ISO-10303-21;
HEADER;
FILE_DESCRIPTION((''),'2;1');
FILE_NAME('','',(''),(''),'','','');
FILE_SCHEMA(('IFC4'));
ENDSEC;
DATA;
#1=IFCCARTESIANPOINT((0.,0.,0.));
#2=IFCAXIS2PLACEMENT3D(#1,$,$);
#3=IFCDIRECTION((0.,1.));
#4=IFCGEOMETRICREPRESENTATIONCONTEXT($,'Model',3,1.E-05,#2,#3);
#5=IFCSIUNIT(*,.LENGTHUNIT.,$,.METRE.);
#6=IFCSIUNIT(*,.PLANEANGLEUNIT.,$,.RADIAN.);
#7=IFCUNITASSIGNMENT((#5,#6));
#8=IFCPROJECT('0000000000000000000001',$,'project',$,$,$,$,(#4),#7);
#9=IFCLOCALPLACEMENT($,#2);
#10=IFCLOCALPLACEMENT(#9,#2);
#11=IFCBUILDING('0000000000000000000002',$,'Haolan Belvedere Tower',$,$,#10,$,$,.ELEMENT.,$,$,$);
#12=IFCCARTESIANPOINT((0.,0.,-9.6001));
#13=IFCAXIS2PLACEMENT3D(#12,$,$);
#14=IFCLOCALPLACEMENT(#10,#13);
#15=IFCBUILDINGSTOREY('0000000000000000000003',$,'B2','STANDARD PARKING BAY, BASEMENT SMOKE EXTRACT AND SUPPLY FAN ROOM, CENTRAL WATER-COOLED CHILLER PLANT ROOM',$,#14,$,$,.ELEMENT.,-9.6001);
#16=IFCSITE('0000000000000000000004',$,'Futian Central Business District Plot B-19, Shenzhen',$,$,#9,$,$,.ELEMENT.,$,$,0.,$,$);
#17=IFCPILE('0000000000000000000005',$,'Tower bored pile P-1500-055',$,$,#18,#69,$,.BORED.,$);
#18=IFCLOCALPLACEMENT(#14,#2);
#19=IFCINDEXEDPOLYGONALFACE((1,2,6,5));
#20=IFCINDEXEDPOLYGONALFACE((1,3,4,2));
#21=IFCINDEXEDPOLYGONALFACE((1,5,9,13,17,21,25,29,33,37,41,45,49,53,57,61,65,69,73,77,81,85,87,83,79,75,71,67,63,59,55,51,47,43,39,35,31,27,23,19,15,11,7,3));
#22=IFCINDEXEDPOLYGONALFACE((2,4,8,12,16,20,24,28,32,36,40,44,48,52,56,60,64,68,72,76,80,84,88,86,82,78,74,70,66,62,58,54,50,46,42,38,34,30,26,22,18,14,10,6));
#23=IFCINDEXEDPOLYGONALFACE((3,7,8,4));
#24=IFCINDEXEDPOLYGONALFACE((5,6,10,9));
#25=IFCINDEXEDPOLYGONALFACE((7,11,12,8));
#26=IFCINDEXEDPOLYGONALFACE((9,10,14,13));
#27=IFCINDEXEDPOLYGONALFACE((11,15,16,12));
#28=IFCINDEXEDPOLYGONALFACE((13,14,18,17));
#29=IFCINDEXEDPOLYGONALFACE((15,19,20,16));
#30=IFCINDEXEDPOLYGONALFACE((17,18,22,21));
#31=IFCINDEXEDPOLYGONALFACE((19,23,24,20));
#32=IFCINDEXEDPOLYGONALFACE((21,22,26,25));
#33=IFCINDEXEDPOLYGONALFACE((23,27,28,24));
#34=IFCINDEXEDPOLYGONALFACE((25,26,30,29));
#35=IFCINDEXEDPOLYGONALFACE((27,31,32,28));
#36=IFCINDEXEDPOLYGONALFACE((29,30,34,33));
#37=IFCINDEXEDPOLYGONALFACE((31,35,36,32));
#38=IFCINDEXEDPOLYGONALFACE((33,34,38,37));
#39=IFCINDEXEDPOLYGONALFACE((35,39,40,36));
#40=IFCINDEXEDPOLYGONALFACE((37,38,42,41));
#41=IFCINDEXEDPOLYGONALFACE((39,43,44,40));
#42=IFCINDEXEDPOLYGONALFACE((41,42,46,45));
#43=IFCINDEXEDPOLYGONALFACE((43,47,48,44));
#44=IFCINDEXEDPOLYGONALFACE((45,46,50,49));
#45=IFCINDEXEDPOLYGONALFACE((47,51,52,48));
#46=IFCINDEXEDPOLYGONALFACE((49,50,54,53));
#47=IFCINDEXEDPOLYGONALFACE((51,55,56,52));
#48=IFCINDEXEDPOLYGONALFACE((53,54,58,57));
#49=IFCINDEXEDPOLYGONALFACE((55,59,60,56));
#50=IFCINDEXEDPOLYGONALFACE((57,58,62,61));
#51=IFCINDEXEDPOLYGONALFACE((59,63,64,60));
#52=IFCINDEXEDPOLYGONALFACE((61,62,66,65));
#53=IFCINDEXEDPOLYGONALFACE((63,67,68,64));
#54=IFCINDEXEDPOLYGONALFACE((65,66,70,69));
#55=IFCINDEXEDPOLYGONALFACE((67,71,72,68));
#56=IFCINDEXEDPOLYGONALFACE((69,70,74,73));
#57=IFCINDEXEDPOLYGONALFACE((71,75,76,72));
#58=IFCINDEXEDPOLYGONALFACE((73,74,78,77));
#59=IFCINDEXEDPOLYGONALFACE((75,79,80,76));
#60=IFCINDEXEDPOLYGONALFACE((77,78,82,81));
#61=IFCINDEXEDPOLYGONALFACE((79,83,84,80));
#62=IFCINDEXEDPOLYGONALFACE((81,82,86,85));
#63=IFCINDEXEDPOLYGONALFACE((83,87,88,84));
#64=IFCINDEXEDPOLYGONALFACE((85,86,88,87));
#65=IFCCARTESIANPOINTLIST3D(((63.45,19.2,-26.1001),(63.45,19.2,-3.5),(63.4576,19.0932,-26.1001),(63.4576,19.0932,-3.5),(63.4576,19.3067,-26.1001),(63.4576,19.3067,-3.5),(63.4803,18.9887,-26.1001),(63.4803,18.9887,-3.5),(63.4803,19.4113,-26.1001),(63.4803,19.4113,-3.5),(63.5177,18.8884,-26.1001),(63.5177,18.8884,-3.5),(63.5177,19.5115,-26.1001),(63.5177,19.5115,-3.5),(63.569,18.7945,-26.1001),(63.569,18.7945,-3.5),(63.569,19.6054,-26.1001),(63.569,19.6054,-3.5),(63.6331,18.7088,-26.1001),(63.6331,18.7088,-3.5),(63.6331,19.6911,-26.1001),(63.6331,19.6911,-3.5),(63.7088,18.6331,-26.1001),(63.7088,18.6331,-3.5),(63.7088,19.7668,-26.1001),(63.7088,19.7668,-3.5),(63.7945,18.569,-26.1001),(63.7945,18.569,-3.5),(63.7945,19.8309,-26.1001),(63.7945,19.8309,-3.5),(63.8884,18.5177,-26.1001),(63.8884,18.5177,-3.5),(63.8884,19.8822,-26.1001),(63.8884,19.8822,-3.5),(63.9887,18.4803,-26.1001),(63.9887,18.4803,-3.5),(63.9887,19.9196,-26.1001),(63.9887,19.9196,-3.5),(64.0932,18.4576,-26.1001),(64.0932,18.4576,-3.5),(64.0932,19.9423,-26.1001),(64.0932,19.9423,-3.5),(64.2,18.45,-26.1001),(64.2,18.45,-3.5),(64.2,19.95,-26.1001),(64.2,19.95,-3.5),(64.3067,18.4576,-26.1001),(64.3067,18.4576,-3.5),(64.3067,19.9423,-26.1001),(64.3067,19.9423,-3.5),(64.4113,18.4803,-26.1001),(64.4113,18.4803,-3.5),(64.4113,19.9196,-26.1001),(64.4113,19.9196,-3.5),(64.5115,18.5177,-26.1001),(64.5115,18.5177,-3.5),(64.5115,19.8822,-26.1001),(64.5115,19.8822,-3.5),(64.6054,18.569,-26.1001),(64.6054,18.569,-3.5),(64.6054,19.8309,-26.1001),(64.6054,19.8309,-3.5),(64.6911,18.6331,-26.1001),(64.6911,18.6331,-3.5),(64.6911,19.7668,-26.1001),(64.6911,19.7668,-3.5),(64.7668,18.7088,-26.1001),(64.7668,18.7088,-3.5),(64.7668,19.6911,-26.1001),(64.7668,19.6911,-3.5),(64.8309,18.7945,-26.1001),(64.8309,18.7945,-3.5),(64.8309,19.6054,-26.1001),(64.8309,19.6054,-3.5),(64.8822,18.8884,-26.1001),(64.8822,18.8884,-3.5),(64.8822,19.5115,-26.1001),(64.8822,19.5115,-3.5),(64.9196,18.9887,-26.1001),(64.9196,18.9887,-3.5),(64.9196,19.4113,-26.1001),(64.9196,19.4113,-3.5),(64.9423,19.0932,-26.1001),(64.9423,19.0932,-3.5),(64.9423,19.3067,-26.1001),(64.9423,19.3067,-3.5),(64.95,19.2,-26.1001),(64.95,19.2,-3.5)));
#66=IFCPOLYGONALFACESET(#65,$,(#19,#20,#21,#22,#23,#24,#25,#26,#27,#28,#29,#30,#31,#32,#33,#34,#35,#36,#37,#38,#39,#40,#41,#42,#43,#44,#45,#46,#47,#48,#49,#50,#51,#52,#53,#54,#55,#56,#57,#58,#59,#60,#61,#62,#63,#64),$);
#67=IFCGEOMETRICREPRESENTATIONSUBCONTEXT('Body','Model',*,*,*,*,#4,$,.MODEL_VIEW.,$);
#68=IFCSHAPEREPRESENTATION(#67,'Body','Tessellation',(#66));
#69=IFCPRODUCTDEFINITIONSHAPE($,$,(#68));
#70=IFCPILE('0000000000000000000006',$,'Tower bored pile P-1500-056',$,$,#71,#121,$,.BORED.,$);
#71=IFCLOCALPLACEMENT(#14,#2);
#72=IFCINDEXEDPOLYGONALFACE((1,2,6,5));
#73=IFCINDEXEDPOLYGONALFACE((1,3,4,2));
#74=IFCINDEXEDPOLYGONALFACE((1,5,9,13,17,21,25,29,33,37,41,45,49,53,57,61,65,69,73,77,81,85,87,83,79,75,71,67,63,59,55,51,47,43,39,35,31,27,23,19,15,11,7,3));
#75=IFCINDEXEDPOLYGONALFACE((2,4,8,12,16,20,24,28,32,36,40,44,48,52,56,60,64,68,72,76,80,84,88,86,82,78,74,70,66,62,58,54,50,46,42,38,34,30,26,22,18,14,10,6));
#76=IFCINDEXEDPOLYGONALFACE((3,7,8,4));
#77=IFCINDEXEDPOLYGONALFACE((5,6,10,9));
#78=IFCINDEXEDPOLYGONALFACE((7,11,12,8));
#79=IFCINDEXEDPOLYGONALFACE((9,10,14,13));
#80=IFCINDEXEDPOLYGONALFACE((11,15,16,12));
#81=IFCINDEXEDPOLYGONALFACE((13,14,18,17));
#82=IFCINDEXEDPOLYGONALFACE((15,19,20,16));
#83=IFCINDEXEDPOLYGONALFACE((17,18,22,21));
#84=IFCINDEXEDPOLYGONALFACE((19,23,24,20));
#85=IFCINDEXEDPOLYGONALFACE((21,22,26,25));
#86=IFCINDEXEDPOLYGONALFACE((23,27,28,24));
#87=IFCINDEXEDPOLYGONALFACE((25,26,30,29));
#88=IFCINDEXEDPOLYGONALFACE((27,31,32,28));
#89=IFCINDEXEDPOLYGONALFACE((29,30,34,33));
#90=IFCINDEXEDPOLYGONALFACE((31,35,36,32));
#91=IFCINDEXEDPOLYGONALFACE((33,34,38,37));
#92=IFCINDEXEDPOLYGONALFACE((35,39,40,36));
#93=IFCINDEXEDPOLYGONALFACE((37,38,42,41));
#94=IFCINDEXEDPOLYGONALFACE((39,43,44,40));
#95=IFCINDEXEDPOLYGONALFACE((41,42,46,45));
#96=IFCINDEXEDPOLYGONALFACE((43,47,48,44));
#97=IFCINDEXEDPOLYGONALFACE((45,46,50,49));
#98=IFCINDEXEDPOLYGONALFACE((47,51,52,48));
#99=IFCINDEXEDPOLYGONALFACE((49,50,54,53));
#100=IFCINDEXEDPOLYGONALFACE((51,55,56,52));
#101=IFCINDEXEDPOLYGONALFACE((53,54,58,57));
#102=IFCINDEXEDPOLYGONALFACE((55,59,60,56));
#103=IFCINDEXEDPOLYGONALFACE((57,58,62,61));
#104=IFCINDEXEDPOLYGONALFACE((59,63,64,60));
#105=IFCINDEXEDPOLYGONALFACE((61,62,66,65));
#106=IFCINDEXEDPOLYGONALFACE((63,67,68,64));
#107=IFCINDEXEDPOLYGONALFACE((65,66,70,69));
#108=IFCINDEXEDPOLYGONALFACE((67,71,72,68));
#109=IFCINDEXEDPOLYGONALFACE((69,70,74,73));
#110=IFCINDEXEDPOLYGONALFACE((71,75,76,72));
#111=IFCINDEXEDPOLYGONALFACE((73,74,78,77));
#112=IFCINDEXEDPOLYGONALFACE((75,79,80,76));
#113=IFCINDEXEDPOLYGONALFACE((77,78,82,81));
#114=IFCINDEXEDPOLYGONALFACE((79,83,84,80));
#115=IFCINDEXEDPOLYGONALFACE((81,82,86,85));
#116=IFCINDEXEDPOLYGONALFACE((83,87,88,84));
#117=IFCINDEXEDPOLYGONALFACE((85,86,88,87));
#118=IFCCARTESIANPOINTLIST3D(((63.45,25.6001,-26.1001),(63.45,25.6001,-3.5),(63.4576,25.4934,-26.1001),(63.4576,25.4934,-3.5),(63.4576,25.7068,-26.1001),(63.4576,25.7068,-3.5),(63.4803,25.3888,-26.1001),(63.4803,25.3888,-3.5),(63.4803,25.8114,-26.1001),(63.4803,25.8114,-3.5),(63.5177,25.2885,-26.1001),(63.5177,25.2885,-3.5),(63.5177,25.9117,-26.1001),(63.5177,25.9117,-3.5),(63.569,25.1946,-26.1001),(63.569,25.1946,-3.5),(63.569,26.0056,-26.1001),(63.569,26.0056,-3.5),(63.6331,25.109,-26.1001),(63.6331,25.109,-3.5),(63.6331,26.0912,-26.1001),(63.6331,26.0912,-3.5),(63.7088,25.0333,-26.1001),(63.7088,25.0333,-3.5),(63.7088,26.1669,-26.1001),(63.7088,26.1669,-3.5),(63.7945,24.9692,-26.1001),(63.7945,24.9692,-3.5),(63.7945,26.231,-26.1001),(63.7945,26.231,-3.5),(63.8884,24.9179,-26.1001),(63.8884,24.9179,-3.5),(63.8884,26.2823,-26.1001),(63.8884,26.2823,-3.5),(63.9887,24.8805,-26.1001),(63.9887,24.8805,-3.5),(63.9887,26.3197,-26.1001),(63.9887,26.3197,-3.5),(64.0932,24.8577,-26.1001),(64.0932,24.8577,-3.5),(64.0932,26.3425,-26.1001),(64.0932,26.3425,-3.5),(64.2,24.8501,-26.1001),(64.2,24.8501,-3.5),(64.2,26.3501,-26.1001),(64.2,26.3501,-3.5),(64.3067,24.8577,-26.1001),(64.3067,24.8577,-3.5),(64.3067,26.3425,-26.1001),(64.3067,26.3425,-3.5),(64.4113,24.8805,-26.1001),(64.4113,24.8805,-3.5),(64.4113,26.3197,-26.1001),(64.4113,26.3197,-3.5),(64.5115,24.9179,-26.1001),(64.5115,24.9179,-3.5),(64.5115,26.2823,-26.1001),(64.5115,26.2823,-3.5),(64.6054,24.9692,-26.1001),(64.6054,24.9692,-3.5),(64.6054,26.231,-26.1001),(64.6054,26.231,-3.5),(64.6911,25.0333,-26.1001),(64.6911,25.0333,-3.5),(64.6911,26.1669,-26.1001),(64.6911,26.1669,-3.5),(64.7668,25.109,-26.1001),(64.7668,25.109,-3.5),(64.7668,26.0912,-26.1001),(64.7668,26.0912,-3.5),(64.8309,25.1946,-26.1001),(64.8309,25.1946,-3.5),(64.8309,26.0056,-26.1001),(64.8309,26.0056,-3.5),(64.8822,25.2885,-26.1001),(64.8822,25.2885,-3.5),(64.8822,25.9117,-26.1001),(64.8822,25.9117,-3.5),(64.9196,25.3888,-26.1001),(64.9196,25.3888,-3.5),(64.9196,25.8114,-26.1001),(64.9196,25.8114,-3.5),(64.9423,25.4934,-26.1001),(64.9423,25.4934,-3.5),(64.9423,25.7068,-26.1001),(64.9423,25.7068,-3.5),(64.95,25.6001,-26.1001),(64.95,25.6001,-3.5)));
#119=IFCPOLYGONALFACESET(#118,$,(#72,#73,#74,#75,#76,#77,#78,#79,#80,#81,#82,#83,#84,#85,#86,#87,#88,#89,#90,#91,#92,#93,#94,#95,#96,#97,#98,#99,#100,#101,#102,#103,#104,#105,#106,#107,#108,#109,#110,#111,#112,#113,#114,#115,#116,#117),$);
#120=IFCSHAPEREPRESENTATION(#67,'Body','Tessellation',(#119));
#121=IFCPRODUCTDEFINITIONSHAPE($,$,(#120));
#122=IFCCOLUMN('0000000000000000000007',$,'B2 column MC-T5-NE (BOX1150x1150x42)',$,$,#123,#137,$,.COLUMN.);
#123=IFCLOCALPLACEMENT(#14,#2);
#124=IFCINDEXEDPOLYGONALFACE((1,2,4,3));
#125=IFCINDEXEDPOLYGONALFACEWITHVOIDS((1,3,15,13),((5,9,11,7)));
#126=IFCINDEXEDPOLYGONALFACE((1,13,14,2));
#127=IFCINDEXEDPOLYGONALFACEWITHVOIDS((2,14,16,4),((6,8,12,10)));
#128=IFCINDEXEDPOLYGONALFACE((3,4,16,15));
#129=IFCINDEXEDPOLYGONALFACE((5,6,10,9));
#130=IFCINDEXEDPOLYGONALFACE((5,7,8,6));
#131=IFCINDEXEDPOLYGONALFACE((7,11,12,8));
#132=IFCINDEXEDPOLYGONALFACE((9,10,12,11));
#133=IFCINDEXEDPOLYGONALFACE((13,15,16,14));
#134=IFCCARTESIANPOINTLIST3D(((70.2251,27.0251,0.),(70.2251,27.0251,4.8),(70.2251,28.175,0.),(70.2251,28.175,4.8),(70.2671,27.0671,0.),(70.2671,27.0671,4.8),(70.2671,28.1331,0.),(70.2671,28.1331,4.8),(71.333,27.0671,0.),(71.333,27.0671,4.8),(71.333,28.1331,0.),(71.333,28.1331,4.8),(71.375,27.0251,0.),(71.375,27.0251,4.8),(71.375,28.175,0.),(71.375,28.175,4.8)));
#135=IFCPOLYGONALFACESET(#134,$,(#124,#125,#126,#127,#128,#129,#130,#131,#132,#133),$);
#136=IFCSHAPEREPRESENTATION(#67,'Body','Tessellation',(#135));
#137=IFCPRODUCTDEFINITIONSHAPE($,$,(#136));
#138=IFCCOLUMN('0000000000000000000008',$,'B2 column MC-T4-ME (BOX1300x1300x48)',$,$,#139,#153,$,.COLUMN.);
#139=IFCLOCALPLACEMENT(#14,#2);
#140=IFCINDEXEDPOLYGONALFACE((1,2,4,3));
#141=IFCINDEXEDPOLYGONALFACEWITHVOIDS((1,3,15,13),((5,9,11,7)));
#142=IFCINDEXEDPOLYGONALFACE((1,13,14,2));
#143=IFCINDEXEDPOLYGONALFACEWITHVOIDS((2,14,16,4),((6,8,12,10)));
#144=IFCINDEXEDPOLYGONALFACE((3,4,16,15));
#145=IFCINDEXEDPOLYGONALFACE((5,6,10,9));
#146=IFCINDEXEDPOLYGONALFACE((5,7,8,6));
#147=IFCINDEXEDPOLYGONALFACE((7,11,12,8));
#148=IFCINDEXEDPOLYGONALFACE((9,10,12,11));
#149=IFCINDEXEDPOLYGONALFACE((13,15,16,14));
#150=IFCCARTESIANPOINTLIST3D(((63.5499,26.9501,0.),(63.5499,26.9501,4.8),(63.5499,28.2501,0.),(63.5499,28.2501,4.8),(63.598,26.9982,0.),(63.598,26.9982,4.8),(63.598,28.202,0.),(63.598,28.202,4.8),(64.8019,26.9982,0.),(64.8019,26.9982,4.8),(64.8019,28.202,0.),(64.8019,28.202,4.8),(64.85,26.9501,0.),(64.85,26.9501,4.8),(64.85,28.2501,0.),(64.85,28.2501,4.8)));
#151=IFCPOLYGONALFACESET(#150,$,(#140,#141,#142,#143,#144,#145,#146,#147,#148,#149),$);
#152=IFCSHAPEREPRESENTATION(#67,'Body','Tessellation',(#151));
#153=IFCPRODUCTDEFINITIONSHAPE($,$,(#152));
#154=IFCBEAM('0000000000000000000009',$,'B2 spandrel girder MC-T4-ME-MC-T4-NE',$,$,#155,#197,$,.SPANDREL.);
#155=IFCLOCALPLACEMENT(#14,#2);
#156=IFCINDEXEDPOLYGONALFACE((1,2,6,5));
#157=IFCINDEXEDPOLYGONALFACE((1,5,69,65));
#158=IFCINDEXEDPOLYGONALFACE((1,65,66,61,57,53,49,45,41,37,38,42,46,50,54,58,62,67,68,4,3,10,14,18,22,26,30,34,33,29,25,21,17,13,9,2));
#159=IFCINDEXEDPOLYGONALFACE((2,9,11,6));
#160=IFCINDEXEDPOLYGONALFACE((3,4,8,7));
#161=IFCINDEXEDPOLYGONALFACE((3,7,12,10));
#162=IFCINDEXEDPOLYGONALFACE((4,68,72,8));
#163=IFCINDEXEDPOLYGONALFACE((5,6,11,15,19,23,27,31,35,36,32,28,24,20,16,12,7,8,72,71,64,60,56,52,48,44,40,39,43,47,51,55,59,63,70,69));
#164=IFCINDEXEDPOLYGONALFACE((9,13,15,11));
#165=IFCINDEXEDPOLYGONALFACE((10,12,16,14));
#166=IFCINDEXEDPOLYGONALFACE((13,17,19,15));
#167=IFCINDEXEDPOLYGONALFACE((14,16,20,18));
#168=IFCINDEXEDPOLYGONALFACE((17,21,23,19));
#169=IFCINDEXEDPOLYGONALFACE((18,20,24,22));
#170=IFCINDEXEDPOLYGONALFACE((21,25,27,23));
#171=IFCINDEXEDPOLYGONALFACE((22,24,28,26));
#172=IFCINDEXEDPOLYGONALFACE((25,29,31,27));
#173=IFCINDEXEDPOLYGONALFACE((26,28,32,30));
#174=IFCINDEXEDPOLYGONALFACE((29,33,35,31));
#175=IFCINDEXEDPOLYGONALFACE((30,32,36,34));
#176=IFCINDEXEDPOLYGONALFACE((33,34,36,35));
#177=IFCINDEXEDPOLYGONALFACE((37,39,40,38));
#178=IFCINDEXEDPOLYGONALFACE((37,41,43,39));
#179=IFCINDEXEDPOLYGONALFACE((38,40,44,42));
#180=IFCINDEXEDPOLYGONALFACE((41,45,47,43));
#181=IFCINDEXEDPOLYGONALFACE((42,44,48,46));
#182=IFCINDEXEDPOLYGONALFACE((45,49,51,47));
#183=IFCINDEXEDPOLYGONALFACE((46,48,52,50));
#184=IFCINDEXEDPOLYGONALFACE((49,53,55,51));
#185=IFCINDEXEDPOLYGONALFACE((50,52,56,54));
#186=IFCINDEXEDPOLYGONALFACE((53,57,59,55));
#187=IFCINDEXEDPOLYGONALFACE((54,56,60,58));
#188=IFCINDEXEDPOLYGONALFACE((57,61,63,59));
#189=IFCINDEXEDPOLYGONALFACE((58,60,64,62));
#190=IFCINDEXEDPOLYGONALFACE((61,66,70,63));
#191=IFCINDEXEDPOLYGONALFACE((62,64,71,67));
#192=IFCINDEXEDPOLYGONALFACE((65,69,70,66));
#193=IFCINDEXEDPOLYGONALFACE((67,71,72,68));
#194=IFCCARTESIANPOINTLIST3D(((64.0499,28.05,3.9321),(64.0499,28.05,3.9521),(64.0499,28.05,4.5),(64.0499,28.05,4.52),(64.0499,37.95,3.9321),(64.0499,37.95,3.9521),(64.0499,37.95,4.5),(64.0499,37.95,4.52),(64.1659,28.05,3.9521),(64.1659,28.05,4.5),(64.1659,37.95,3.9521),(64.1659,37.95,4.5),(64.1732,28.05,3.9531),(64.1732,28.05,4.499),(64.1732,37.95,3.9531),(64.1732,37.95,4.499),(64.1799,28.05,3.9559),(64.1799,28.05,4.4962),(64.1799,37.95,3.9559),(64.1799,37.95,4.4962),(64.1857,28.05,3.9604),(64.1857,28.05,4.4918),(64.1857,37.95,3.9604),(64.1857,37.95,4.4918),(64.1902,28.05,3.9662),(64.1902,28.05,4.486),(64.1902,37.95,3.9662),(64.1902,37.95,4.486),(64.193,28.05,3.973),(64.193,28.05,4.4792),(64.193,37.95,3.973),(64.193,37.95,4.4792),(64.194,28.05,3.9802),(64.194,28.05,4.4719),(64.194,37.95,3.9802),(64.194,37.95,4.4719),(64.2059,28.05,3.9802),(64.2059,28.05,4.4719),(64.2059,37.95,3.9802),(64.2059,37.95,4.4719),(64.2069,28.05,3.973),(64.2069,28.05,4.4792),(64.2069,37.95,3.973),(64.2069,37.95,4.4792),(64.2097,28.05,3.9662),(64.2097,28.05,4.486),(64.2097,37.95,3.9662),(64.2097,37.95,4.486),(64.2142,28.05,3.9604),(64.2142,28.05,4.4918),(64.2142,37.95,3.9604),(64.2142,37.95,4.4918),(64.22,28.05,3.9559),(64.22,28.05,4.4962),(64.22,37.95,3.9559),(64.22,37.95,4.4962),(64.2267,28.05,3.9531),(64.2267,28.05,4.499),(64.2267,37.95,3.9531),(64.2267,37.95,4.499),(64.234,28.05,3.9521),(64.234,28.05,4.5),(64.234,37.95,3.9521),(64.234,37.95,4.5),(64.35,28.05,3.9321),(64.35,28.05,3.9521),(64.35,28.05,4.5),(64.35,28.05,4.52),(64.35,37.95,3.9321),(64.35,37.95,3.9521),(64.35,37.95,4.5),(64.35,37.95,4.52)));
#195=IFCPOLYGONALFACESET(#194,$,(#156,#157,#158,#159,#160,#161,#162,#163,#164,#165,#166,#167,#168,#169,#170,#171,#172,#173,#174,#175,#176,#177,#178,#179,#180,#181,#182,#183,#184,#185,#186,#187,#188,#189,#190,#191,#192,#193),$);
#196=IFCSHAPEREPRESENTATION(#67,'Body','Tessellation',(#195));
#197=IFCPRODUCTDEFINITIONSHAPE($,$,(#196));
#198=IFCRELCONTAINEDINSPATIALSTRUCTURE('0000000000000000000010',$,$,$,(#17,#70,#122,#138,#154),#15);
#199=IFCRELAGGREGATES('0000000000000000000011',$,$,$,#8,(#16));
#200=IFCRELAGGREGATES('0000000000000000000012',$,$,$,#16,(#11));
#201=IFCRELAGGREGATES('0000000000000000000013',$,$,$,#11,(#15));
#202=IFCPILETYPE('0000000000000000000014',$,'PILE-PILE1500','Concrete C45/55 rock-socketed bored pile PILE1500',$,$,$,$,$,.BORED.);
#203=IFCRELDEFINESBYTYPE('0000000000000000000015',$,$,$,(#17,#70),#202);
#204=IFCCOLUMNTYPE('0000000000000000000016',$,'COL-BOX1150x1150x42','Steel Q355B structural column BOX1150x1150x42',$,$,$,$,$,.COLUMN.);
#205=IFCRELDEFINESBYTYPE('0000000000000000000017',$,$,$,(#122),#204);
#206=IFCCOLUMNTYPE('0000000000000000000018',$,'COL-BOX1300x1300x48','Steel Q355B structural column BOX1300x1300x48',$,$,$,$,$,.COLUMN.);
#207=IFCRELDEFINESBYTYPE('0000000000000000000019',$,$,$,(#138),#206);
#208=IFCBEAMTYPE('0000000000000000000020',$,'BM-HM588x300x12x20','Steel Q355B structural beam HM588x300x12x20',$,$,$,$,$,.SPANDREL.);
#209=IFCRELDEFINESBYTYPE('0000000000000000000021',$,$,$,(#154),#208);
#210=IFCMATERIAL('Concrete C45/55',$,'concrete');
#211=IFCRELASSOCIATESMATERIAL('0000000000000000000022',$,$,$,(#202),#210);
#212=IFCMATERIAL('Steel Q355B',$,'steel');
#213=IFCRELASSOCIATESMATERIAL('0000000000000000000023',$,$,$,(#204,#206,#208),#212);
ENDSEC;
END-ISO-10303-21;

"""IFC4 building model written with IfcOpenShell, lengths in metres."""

from ifc_helpers import new_model, si_unit, direction, frame, origin, origin_2d, place, context, subcontext, project, spatial, hollow_rectangle, circle, i_section, extrude, material, material_profile, profile_set, type_object, element, save


model = new_model("IFC4")

# Units and contexts
model_context = context("Model", 3, precision=1e-05, world=origin(), true_north=direction((0.0, 1.0)))
body_context = subcontext(model_context, "Body", "Model", "MODEL_VIEW")
ifc_project = project(units=[si_unit("LENGTHUNIT", "METRE"), si_unit("PLANEANGLEUNIT", "RADIAN")], contexts=[model_context])

# Site, building, storey
site_placement = place(None, origin())
site = spatial("IfcSite", under=ifc_project, at=site_placement, Name="Futian Central Business District Plot B-19, Shenzhen", CompositionType="ELEMENT", RefElevation=0.0)
building_placement = place(site_placement, origin())
building = spatial("IfcBuilding", under=site, at=building_placement, Name="Haolan Belvedere Tower", CompositionType="ELEMENT")
storey_placement = place(building_placement, frame((0.0, 0.0, -9.6001)))
storey = spatial("IfcBuildingStorey", under=building, at=storey_placement, Name="B2", Description="STANDARD PARKING BAY, BASEMENT SMOKE EXTRACT AND SUPPLY FAN ROOM, CENTRAL WATER-COOLED CHILLER PLANT ROOM", CompositionType="ELEMENT", Elevation=-9.6001)

# Piles
ifc_material_1 = material(Name="Concrete C45/55", Category="concrete")
ifc_material_profile_1 = material_profile(ifc_material_1, circle(Radius=0.75, at=origin_2d()), Name="Concrete C45/55")
ifc_profile_set_1 = profile_set([ifc_material_profile_1], Name="Concrete C45/55")
pile_type_1 = type_object("IfcPileType", Name="PILE-PILE1500", Description="Concrete C45/55 rock-socketed bored pile PILE1500", PredefinedType="BORED", material=ifc_profile_set_1)
for number, where, z_axis, x_axis, name in (
    (1, (64.2, 19.2, -3.5), (0.0, 0.0, -1.0), (1.0, 0.0, 0.0), "Tower bored pile P-1500-055"),
    (2, (64.2, 25.6001, -3.5), (0.0, 0.0, -1.0), (1.0, 0.0, 0.0), "Tower bored pile P-1500-056"),
):
    element("IfcPile", number, at=place(storey_placement, frame(where, z_axis=z_axis, x_axis=x_axis)), inside=storey, type_object=pile_type_1, Name=name, PredefinedType="BORED", context=body_context, shape_type="SweptSolid", body=[
        extrude(circle(Radius=0.75, at=origin_2d()), origin(), (0.0, 0.0, 1.0), 22.6001),
    ])

# Columns
ifc_material_2 = material(Name="Steel Q355B", Category="steel")
ifc_material_profile_2 = material_profile(ifc_material_2, hollow_rectangle(XDim=1.1499, YDim=1.1499, WallThickness=0.042, at=origin_2d()), Name="Steel Q355B")
ifc_profile_set_2 = profile_set([ifc_material_profile_2], Name="Steel Q355B")
column_type_1 = type_object("IfcColumnType", Name="COL-BOX1150x1150x42", Description="Steel Q355B structural column BOX1150x1150x42", PredefinedType="COLUMN", material=ifc_profile_set_2)
column_1_placement = place(storey_placement, frame((70.8, 27.6001, 0.0), z_axis=(0.0, 0.0, 1.0), x_axis=(1.0, 0.0, 0.0)))
element("IfcColumn", 3, at=column_1_placement, inside=storey, type_object=column_type_1, Name="B2 column MC-T5-NE (BOX1150x1150x42)", PredefinedType="COLUMN", context=body_context, shape_type="SweptSolid", body=[
    extrude(hollow_rectangle(XDim=1.1499, YDim=1.1499, WallThickness=0.042, at=origin_2d()), origin(), (0.0, 0.0, 1.0), 4.8),
])
ifc_material_profile_3 = material_profile(ifc_material_2, hollow_rectangle(XDim=1.3, YDim=1.3, WallThickness=0.0481, at=origin_2d()), Name="Steel Q355B")
ifc_profile_set_3 = profile_set([ifc_material_profile_3], Name="Steel Q355B")
column_type_2 = type_object("IfcColumnType", Name="COL-BOX1300x1300x48", Description="Steel Q355B structural column BOX1300x1300x48", PredefinedType="COLUMN", material=ifc_profile_set_3)
column_2_placement = place(storey_placement, frame((64.2, 27.6001, 0.0), z_axis=(0.0, 0.0, 1.0), x_axis=(1.0, 0.0, 0.0)))
element("IfcColumn", 4, at=column_2_placement, inside=storey, type_object=column_type_2, Name="B2 column MC-T4-ME (BOX1300x1300x48)", PredefinedType="COLUMN", context=body_context, shape_type="SweptSolid", body=[
    extrude(hollow_rectangle(XDim=1.3, YDim=1.3, WallThickness=0.0481, at=origin_2d()), origin(), (0.0, 0.0, 1.0), 4.8),
])

# Beam
ifc_material_profile_4 = material_profile(ifc_material_2, i_section(OverallWidth=0.3, OverallDepth=0.5879, WebThickness=0.012, FlangeThickness=0.02, FilletRadius=0.0281, at=origin_2d()), Name="Steel Q355B")
ifc_profile_set_4 = profile_set([ifc_material_profile_4], Name="Steel Q355B")
beam_type_1 = type_object("IfcBeamType", Name="BM-HM588x300x12x20", Description="Steel Q355B structural beam HM588x300x12x20", PredefinedType="SPANDREL", material=ifc_profile_set_4)
beam_1_placement = place(storey_placement, frame((64.2, 28.05, 4.2261), z_axis=(0.0, 1.0, 0.0), x_axis=(-1.0, 0.0, 0.0)))
element("IfcBeam", 5, at=beam_1_placement, inside=storey, type_object=beam_type_1, Name="B2 spandrel girder MC-T4-ME-MC-T4-NE", PredefinedType="SPANDREL", context=body_context, shape_type="SweptSolid", body=[
    extrude(i_section(OverallWidth=0.3, OverallDepth=0.5879, WebThickness=0.012, FlangeThickness=0.02, FilletRadius=0.0281, at=origin_2d()), origin(), (0.0, 0.0, 1.0), 9.8999),
])

save(model, "model.ifc")
